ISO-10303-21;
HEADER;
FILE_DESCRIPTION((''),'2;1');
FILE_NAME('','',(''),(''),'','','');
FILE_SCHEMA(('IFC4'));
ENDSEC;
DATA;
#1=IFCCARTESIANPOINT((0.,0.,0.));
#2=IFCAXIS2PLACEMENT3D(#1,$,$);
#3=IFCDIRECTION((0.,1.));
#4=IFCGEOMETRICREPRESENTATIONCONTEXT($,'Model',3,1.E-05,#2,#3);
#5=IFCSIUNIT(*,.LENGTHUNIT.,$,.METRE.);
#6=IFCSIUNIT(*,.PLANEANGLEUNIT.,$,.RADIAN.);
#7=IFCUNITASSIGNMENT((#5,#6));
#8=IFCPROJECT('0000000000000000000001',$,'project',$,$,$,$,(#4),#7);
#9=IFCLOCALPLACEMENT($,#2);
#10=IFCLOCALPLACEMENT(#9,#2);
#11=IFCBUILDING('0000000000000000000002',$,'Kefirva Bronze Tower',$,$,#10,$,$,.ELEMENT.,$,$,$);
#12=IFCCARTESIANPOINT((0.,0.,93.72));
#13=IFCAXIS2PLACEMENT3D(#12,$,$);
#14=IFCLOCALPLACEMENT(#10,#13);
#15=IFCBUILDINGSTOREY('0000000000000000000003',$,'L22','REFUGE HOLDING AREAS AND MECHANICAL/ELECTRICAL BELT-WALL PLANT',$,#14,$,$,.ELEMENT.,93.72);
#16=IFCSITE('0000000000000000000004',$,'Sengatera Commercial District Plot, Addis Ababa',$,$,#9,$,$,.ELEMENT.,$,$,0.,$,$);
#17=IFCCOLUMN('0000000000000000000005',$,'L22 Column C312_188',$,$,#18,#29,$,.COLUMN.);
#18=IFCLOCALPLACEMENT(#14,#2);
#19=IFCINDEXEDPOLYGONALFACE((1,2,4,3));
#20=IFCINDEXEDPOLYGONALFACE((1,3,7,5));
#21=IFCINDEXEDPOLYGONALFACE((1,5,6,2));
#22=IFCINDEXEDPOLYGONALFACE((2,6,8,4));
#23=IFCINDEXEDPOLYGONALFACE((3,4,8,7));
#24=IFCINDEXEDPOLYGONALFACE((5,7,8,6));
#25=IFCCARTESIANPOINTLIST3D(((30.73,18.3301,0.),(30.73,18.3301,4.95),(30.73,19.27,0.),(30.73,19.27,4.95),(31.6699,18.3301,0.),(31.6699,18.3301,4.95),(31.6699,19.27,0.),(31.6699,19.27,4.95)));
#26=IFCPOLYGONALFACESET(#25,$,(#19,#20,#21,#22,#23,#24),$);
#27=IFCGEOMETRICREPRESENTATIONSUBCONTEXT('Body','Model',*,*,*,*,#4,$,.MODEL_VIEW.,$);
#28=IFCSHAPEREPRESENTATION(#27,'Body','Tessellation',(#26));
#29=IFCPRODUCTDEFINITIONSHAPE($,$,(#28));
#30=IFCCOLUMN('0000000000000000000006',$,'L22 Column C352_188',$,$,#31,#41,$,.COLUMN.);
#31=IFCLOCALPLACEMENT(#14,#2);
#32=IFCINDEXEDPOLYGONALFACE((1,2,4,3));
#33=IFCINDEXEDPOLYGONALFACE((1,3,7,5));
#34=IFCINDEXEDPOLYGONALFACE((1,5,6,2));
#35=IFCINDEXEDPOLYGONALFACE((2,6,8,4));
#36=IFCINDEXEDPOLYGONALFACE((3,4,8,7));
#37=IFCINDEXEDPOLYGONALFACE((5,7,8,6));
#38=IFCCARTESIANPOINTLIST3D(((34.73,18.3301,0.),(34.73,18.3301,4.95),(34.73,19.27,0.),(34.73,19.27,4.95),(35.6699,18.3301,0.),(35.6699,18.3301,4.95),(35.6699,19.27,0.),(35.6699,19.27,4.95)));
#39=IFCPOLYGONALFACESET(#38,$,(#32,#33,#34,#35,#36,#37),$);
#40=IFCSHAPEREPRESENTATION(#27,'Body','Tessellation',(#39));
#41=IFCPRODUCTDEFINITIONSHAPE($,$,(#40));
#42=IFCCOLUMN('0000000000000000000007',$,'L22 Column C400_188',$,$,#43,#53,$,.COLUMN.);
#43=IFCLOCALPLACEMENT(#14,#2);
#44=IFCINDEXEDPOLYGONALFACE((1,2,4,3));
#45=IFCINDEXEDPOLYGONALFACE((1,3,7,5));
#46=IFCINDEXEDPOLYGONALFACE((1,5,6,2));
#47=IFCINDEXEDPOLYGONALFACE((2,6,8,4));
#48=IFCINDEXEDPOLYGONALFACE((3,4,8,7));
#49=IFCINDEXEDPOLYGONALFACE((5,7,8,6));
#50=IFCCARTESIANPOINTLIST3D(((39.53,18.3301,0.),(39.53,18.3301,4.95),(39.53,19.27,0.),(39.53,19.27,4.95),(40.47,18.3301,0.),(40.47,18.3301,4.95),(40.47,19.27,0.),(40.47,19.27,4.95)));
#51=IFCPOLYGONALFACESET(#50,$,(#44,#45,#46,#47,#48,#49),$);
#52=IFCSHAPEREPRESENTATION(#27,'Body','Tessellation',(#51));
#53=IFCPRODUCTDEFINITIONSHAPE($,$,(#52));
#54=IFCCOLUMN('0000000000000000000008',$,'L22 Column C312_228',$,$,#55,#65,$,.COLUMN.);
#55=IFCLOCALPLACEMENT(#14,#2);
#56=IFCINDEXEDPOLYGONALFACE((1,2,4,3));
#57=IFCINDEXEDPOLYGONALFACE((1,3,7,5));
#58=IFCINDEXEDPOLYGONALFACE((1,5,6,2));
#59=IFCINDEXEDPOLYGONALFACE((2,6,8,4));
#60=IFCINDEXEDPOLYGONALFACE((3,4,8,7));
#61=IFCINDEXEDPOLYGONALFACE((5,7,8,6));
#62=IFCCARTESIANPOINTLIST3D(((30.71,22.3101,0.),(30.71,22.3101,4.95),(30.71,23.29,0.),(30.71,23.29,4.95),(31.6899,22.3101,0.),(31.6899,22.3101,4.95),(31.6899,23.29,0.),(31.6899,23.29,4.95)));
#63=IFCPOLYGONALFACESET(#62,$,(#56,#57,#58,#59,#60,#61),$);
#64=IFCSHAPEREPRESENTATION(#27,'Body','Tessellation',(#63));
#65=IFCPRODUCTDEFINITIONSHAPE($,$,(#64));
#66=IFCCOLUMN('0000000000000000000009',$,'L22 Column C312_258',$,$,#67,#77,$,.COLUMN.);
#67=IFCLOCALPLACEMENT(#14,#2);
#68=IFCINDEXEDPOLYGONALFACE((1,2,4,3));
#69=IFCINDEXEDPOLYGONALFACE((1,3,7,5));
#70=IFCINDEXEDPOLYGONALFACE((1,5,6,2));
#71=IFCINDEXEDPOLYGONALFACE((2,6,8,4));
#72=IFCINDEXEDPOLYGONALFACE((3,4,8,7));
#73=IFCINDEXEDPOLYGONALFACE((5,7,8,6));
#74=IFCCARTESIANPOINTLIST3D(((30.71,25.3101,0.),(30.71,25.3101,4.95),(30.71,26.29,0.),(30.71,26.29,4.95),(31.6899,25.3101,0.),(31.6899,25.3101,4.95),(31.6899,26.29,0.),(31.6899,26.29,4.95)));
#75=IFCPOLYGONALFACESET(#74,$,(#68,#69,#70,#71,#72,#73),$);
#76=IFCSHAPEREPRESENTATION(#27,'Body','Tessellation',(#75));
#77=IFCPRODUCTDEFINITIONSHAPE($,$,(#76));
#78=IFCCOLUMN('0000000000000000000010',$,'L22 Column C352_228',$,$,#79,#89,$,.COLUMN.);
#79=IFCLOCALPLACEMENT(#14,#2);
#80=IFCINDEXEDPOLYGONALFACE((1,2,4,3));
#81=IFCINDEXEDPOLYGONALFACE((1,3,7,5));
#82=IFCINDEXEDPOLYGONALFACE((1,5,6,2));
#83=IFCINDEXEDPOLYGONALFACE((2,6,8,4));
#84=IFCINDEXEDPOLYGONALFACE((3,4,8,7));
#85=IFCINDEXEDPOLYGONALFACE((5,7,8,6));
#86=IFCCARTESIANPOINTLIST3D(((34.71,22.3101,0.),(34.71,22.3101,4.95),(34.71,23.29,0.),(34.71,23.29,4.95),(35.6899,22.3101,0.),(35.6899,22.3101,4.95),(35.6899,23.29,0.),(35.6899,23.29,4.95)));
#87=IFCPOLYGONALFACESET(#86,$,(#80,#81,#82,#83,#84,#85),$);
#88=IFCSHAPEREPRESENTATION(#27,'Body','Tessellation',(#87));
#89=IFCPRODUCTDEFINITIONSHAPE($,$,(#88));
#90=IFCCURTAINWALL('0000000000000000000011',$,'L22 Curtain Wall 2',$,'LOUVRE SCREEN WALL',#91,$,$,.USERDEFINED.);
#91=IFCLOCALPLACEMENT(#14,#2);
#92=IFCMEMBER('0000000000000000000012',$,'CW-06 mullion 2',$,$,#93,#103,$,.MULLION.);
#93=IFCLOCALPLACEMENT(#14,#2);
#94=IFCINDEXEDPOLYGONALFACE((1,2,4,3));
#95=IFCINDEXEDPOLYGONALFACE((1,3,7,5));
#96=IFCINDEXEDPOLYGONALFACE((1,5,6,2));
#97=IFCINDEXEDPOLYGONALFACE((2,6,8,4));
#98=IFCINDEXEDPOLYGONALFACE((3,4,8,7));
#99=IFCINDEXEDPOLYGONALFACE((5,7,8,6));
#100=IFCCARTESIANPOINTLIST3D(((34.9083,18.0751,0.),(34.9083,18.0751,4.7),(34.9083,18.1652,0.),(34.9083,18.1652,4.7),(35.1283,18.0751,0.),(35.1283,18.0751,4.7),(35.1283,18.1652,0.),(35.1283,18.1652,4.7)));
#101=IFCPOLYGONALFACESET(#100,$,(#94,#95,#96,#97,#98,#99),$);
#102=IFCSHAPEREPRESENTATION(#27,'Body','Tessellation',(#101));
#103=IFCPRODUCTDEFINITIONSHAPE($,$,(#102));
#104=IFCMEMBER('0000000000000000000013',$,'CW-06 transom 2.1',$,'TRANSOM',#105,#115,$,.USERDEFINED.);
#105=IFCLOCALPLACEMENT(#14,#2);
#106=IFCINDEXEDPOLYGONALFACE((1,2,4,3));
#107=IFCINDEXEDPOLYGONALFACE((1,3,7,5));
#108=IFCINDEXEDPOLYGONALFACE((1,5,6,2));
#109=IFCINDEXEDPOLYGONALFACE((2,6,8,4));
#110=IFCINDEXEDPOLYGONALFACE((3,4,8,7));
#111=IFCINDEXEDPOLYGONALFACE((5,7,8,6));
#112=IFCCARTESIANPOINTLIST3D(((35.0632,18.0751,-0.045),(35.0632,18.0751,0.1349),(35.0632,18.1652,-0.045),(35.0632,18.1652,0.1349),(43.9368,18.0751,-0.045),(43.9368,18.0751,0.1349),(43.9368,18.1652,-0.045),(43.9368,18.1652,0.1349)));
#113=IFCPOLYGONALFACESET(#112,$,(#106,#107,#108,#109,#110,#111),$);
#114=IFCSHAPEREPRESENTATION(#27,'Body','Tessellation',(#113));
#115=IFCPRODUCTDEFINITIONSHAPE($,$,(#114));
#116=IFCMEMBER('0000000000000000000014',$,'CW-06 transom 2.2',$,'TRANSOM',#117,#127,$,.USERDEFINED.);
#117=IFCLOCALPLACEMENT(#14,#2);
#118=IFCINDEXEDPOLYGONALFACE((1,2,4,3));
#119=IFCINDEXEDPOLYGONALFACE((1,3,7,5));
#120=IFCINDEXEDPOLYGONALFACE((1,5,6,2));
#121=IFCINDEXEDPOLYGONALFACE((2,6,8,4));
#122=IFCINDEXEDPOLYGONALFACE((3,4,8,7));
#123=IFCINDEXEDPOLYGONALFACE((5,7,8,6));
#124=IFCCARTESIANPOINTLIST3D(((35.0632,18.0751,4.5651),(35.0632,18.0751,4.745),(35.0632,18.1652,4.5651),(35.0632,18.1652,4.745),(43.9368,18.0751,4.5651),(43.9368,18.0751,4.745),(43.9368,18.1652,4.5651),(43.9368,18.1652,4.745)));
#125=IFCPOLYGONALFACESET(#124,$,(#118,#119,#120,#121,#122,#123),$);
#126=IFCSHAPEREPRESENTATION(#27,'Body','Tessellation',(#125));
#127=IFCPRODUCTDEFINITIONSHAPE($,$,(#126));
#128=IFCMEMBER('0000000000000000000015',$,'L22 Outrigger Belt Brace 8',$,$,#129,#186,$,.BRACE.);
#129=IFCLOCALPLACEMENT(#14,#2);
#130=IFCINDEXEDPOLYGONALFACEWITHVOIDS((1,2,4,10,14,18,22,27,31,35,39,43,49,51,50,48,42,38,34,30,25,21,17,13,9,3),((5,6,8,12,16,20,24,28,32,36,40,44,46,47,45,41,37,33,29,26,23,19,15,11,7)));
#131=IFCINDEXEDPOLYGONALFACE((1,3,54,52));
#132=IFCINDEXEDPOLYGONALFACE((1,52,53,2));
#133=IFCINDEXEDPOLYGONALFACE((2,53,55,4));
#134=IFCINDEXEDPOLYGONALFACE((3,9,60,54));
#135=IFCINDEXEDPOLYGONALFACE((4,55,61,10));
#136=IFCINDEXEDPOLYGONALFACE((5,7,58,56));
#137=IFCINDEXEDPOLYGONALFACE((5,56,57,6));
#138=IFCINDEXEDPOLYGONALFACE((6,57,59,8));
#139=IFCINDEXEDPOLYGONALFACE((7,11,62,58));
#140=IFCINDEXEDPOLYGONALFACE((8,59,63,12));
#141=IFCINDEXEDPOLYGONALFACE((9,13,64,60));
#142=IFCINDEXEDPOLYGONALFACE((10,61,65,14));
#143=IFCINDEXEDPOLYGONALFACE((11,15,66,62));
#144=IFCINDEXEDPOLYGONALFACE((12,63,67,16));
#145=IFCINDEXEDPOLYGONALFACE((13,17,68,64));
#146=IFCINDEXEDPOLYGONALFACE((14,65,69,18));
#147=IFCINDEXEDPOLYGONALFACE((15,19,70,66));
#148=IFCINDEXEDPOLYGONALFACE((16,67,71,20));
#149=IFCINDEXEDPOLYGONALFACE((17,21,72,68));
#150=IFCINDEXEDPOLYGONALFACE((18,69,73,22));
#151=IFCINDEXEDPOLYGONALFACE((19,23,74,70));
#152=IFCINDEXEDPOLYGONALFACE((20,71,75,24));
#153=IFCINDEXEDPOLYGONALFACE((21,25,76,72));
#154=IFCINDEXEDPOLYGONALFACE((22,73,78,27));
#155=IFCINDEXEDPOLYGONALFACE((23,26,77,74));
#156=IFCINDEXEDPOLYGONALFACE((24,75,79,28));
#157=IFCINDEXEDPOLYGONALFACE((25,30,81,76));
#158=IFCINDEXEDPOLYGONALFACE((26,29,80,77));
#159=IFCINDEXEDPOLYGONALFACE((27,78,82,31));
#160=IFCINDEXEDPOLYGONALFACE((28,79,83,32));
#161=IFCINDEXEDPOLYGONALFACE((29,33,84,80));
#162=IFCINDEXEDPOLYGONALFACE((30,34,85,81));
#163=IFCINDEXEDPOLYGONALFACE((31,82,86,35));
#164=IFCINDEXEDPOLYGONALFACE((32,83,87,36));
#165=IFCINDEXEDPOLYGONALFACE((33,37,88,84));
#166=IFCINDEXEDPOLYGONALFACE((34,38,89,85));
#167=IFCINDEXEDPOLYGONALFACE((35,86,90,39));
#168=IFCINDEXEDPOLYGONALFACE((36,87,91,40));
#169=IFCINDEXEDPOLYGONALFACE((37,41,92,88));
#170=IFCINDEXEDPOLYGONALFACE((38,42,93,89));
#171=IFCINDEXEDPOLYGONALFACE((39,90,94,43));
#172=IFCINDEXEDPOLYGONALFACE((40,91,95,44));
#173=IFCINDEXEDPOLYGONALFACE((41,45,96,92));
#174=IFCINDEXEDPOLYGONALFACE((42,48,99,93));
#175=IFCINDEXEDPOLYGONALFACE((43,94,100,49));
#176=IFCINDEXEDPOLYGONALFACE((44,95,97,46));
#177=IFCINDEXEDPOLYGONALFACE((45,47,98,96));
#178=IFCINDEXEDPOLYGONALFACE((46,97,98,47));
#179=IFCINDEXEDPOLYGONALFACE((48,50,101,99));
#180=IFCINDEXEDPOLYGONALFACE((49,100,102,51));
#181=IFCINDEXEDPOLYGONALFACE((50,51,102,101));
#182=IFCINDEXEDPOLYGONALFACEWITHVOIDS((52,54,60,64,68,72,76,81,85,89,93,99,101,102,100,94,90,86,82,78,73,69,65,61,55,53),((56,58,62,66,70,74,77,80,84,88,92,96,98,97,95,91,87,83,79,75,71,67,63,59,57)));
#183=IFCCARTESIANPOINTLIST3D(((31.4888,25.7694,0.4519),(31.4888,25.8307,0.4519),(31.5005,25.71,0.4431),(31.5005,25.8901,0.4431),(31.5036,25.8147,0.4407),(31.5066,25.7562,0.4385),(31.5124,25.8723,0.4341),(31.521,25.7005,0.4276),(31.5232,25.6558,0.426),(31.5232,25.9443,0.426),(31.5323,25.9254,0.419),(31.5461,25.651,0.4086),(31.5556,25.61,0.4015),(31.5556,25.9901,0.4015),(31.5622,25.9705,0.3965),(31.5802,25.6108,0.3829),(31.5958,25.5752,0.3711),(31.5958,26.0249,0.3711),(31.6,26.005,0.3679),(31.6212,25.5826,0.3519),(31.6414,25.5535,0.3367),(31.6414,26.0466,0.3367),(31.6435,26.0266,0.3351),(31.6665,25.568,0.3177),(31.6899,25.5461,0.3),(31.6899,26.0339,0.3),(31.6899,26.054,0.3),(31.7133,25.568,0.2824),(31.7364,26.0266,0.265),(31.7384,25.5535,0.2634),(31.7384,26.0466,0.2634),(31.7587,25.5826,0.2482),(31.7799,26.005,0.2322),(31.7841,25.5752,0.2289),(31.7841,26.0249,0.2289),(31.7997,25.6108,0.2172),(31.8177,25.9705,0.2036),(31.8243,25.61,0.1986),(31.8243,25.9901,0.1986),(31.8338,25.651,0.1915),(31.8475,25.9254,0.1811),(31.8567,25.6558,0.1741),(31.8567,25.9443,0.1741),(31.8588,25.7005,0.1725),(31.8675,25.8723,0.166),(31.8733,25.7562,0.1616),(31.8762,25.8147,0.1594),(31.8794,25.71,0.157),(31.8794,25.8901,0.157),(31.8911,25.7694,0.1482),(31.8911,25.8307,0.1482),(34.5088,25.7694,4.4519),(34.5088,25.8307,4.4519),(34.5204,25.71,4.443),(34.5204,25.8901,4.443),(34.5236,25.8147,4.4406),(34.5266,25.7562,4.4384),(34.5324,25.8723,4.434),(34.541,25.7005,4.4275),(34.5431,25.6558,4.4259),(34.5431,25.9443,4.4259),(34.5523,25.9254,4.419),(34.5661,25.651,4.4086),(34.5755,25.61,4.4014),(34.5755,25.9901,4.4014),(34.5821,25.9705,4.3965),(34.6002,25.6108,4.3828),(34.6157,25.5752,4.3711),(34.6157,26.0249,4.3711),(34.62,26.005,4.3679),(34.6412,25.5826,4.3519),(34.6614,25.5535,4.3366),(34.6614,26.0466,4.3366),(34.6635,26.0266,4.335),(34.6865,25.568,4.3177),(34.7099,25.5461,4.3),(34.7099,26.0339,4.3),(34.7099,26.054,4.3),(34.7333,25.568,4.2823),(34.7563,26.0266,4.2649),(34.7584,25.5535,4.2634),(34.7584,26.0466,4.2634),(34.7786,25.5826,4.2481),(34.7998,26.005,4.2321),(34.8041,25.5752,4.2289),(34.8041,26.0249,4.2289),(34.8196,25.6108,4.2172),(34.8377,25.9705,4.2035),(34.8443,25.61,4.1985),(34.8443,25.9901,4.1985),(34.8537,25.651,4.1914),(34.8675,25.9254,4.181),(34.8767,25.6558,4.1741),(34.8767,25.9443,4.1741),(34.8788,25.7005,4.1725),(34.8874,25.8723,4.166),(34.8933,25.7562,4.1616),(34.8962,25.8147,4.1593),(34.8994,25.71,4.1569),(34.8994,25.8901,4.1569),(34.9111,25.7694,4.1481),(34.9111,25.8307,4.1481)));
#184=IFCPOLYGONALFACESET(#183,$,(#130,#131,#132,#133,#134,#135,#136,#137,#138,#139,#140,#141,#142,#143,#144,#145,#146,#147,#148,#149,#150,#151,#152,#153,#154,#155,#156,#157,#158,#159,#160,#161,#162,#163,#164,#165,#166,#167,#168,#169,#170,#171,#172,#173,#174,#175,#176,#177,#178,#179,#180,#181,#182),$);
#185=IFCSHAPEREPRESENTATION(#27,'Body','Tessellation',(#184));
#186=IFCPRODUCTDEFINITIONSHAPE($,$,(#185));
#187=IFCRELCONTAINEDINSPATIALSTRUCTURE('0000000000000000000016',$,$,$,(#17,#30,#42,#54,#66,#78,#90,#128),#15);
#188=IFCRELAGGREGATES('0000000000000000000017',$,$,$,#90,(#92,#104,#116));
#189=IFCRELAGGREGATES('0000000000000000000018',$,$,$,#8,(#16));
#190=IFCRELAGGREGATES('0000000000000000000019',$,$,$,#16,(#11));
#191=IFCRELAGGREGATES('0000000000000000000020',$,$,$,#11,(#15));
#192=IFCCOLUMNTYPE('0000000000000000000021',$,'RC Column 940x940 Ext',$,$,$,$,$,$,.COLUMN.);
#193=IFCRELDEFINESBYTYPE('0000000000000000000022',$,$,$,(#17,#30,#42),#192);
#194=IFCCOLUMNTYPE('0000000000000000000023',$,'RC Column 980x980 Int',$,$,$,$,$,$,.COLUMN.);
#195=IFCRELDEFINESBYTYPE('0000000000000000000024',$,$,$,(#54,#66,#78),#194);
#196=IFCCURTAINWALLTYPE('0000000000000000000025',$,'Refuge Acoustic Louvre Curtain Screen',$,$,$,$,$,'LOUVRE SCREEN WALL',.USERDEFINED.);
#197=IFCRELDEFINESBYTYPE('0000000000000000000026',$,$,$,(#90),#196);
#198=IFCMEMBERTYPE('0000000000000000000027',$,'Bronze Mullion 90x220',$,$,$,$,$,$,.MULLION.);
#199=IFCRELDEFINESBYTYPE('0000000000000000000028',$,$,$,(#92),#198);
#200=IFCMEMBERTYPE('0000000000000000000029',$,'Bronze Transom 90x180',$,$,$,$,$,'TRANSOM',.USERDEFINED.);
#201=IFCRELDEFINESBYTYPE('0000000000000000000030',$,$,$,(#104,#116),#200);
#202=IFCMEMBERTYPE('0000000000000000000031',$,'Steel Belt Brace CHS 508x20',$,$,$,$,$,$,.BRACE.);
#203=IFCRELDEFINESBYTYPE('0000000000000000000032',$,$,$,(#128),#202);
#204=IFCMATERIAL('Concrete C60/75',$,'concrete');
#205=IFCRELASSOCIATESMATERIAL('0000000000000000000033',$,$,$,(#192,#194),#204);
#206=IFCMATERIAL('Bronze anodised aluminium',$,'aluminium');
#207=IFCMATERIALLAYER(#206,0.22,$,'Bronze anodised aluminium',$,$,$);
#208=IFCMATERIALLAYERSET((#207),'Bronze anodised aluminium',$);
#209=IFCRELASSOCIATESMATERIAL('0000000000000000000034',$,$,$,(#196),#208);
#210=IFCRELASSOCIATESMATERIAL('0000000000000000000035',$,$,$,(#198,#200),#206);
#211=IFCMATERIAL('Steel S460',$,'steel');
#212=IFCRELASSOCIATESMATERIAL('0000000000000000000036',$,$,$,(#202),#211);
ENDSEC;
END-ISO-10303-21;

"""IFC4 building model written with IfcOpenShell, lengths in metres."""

from ifc_helpers import new_model, si_unit, direction, frame, origin, origin_2d, place, context, subcontext, project, spatial, rectangle, hollow_circle, extrude, material, layer, layer_set, material_profile, profile_set, type_object, element, aggregate, save


model = new_model("IFC4")

# Units and contexts
model_context = context("Model", 3, precision=1e-05, world=origin(), true_north=direction((0.0, 1.0)))
body_context = subcontext(model_context, "Body", "Model", "MODEL_VIEW")
ifc_project = project(units=[si_unit("LENGTHUNIT", "METRE"), si_unit("PLANEANGLEUNIT", "RADIAN")], contexts=[model_context])

# Site, building, storey
site_placement = place(None, origin())
site = spatial("IfcSite", under=ifc_project, at=site_placement, Name="Sengatera Commercial District Plot, Addis Ababa", CompositionType="ELEMENT", RefElevation=0.0)
building_placement = place(site_placement, origin())
building = spatial("IfcBuilding", under=site, at=building_placement, Name="Kefirva Bronze Tower", CompositionType="ELEMENT")
storey_placement = place(building_placement, frame((0.0, 0.0, 93.72)))
storey = spatial("IfcBuildingStorey", under=building, at=storey_placement, Name="L22", Description="REFUGE HOLDING AREAS AND MECHANICAL/ELECTRICAL BELT-WALL PLANT", CompositionType="ELEMENT", Elevation=93.72)

# Columns
ifc_material_1 = material(Name="Concrete C60/75", Category="concrete")
ifc_material_profile_1 = material_profile(ifc_material_1, rectangle(XDim=0.9399, YDim=0.9399, at=origin_2d()), Name="RC 940x940")
ifc_profile_set_1 = profile_set([ifc_material_profile_1], Name="Concrete C60/75")
column_type_1 = type_object("IfcColumnType", Name="RC Column 940x940 Ext", PredefinedType="COLUMN", material=ifc_profile_set_1)
for number, where, z_axis, x_axis, name in (
    (1, (31.2, 18.8, 0.0), (0.0, 0.0, 1.0), (1.0, 0.0, 0.0), "L22 Column C312_188"),
    (2, (35.2, 18.8, 0.0), (0.0, 0.0, 1.0), (1.0, 0.0, 0.0), "L22 Column C352_188"),
    (3, (40.0, 18.8, 0.0), (0.0, 0.0, 1.0), (1.0, 0.0, 0.0), "L22 Column C400_188"),
):
    element("IfcColumn", number, at=place(storey_placement, frame(where, z_axis=z_axis, x_axis=x_axis)), inside=storey, type_object=column_type_1, Name=name, PredefinedType="COLUMN", context=body_context, shape_type="SweptSolid", body=[
        extrude(rectangle(XDim=0.9399, YDim=0.9399, at=origin_2d()), origin(), (0.0, 0.0, 1.0), 4.95),
    ])
ifc_material_profile_2 = material_profile(ifc_material_1, rectangle(XDim=0.98, YDim=0.98, at=origin_2d()), Name="RC 980x980")
ifc_profile_set_2 = profile_set([ifc_material_profile_2], Name="Concrete C60/75")
column_type_2 = type_object("IfcColumnType", Name="RC Column 980x980 Int", PredefinedType="COLUMN", material=ifc_profile_set_2)
for number, where, z_axis, x_axis, name in (
    (4, (31.2, 22.8, 0.0), (0.0, 0.0, 1.0), (1.0, 0.0, 0.0), "L22 Column C312_228"),
    (5, (31.2, 25.8, 0.0), (0.0, 0.0, 1.0), (1.0, 0.0, 0.0), "L22 Column C312_258"),
    (6, (35.2, 22.8, 0.0), (0.0, 0.0, 1.0), (1.0, 0.0, 0.0), "L22 Column C352_228"),
):
    element("IfcColumn", number, at=place(storey_placement, frame(where, z_axis=z_axis, x_axis=x_axis)), inside=storey, type_object=column_type_2, Name=name, PredefinedType="COLUMN", context=body_context, shape_type="SweptSolid", body=[
        extrude(rectangle(XDim=0.98, YDim=0.98, at=origin_2d()), origin(), (0.0, 0.0, 1.0), 4.95),
    ])

# Curtain wall, members
ifc_material_2 = material(Name="Bronze anodised aluminium", Category="aluminium")
ifc_layer_1 = layer(ifc_material_2, 0.22, Name="Bronze anodised aluminium")
ifc_layer_set_1 = layer_set([ifc_layer_1], Name="Bronze anodised aluminium")
curtain_wall_type = type_object("IfcCurtainWallType", Name="Refuge Acoustic Louvre Curtain Screen", ElementType="LOUVRE SCREEN WALL", PredefinedType="USERDEFINED", material=ifc_layer_set_1)
curtain_wall_placement = place(storey_placement, origin())
curtain_wall = element("IfcCurtainWall", 7, at=curtain_wall_placement, inside=storey, type_object=curtain_wall_type, Name="L22 Curtain Wall 2", ObjectType="LOUVRE SCREEN WALL", PredefinedType="USERDEFINED")
ifc_material_profile_3 = material_profile(ifc_material_2, rectangle(XDim=0.0901, YDim=0.22, at=origin_2d()), Name="ALU 90x220")
ifc_profile_set_3 = profile_set([ifc_material_profile_3], Name="Bronze anodised aluminium")
member_type_1 = type_object("IfcMemberType", Name="Bronze Mullion 90x220", PredefinedType="MULLION", material=ifc_profile_set_3)
member_1_placement = place(storey_placement, frame((35.0183, 18.1201, 0.0), z_axis=(0.0, 0.0, 1.0), x_axis=(0.0, 1.0, 0.0)))
member_1 = element("IfcMember", 8, at=member_1_placement, type_object=member_type_1, Name="CW-06 mullion 2", PredefinedType="MULLION", context=body_context, shape_type="SweptSolid", body=[
    extrude(rectangle(XDim=0.0901, YDim=0.22, at=origin_2d()), origin(), (0.0, 0.0, 1.0), 4.7),
])
ifc_material_profile_4 = material_profile(ifc_material_2, rectangle(XDim=0.0901, YDim=0.1799, at=origin_2d()), Name="ALU 90x180")
ifc_profile_set_4 = profile_set([ifc_material_profile_4], Name="Bronze anodised aluminium")
member_type_2 = type_object("IfcMemberType", Name="Bronze Transom 90x180", ElementType="TRANSOM", PredefinedType="USERDEFINED", material=ifc_profile_set_4)
member_2_placement = place(storey_placement, frame((35.0632, 18.1201, 0.0449), z_axis=(1.0, 0.0, 0.0), x_axis=(0.0, 1.0, 0.0)))
member_2 = element("IfcMember", 9, at=member_2_placement, type_object=member_type_2, Name="CW-06 transom 2.1", ObjectType="TRANSOM", PredefinedType="USERDEFINED", context=body_context, shape_type="SweptSolid", body=[
    extrude(rectangle(XDim=0.0901, YDim=0.1799, at=origin_2d()), origin(), (0.0, 0.0, 1.0), 8.8735),
])
member_3_placement = place(storey_placement, frame((35.0632, 18.1201, 4.655), z_axis=(1.0, 0.0, 0.0), x_axis=(0.0, 1.0, 0.0)))
member_3 = element("IfcMember", 10, at=member_3_placement, type_object=member_type_2, Name="CW-06 transom 2.2", ObjectType="TRANSOM", PredefinedType="USERDEFINED", context=body_context, shape_type="SweptSolid", body=[
    extrude(rectangle(XDim=0.0901, YDim=0.1799, at=origin_2d()), origin(), (0.0, 0.0, 1.0), 8.8735),
])

# Member
ifc_material_3 = material(Name="Steel S460", Category="steel")
ifc_material_profile_5 = material_profile(ifc_material_3, hollow_circle(Radius=0.2539, WallThickness=0.02, at=origin_2d()), Name="CHS 508x20")
ifc_profile_set_5 = profile_set([ifc_material_profile_5], Name="Steel S460")
member_type_3 = type_object("IfcMemberType", Name="Steel Belt Brace CHS 508x20", PredefinedType="BRACE", material=ifc_profile_set_5)
member_4_placement = place(storey_placement, frame((31.6899, 25.8, 0.3), z_axis=(0.602553, 0.0, 0.798079), x_axis=(0.0, 1.0, 0.0)))
element("IfcMember", 11, at=member_4_placement, inside=storey, type_object=member_type_3, Name="L22 Outrigger Belt Brace 8", PredefinedType="BRACE", context=body_context, shape_type="SweptSolid", body=[
    extrude(hollow_circle(Radius=0.2539, WallThickness=0.02, at=origin_2d()), origin(), (0.0, 0.0, 1.0), 5.012),
])

aggregate(curtain_wall, [member_1, member_2, member_3])

save(model, "model.ifc")
